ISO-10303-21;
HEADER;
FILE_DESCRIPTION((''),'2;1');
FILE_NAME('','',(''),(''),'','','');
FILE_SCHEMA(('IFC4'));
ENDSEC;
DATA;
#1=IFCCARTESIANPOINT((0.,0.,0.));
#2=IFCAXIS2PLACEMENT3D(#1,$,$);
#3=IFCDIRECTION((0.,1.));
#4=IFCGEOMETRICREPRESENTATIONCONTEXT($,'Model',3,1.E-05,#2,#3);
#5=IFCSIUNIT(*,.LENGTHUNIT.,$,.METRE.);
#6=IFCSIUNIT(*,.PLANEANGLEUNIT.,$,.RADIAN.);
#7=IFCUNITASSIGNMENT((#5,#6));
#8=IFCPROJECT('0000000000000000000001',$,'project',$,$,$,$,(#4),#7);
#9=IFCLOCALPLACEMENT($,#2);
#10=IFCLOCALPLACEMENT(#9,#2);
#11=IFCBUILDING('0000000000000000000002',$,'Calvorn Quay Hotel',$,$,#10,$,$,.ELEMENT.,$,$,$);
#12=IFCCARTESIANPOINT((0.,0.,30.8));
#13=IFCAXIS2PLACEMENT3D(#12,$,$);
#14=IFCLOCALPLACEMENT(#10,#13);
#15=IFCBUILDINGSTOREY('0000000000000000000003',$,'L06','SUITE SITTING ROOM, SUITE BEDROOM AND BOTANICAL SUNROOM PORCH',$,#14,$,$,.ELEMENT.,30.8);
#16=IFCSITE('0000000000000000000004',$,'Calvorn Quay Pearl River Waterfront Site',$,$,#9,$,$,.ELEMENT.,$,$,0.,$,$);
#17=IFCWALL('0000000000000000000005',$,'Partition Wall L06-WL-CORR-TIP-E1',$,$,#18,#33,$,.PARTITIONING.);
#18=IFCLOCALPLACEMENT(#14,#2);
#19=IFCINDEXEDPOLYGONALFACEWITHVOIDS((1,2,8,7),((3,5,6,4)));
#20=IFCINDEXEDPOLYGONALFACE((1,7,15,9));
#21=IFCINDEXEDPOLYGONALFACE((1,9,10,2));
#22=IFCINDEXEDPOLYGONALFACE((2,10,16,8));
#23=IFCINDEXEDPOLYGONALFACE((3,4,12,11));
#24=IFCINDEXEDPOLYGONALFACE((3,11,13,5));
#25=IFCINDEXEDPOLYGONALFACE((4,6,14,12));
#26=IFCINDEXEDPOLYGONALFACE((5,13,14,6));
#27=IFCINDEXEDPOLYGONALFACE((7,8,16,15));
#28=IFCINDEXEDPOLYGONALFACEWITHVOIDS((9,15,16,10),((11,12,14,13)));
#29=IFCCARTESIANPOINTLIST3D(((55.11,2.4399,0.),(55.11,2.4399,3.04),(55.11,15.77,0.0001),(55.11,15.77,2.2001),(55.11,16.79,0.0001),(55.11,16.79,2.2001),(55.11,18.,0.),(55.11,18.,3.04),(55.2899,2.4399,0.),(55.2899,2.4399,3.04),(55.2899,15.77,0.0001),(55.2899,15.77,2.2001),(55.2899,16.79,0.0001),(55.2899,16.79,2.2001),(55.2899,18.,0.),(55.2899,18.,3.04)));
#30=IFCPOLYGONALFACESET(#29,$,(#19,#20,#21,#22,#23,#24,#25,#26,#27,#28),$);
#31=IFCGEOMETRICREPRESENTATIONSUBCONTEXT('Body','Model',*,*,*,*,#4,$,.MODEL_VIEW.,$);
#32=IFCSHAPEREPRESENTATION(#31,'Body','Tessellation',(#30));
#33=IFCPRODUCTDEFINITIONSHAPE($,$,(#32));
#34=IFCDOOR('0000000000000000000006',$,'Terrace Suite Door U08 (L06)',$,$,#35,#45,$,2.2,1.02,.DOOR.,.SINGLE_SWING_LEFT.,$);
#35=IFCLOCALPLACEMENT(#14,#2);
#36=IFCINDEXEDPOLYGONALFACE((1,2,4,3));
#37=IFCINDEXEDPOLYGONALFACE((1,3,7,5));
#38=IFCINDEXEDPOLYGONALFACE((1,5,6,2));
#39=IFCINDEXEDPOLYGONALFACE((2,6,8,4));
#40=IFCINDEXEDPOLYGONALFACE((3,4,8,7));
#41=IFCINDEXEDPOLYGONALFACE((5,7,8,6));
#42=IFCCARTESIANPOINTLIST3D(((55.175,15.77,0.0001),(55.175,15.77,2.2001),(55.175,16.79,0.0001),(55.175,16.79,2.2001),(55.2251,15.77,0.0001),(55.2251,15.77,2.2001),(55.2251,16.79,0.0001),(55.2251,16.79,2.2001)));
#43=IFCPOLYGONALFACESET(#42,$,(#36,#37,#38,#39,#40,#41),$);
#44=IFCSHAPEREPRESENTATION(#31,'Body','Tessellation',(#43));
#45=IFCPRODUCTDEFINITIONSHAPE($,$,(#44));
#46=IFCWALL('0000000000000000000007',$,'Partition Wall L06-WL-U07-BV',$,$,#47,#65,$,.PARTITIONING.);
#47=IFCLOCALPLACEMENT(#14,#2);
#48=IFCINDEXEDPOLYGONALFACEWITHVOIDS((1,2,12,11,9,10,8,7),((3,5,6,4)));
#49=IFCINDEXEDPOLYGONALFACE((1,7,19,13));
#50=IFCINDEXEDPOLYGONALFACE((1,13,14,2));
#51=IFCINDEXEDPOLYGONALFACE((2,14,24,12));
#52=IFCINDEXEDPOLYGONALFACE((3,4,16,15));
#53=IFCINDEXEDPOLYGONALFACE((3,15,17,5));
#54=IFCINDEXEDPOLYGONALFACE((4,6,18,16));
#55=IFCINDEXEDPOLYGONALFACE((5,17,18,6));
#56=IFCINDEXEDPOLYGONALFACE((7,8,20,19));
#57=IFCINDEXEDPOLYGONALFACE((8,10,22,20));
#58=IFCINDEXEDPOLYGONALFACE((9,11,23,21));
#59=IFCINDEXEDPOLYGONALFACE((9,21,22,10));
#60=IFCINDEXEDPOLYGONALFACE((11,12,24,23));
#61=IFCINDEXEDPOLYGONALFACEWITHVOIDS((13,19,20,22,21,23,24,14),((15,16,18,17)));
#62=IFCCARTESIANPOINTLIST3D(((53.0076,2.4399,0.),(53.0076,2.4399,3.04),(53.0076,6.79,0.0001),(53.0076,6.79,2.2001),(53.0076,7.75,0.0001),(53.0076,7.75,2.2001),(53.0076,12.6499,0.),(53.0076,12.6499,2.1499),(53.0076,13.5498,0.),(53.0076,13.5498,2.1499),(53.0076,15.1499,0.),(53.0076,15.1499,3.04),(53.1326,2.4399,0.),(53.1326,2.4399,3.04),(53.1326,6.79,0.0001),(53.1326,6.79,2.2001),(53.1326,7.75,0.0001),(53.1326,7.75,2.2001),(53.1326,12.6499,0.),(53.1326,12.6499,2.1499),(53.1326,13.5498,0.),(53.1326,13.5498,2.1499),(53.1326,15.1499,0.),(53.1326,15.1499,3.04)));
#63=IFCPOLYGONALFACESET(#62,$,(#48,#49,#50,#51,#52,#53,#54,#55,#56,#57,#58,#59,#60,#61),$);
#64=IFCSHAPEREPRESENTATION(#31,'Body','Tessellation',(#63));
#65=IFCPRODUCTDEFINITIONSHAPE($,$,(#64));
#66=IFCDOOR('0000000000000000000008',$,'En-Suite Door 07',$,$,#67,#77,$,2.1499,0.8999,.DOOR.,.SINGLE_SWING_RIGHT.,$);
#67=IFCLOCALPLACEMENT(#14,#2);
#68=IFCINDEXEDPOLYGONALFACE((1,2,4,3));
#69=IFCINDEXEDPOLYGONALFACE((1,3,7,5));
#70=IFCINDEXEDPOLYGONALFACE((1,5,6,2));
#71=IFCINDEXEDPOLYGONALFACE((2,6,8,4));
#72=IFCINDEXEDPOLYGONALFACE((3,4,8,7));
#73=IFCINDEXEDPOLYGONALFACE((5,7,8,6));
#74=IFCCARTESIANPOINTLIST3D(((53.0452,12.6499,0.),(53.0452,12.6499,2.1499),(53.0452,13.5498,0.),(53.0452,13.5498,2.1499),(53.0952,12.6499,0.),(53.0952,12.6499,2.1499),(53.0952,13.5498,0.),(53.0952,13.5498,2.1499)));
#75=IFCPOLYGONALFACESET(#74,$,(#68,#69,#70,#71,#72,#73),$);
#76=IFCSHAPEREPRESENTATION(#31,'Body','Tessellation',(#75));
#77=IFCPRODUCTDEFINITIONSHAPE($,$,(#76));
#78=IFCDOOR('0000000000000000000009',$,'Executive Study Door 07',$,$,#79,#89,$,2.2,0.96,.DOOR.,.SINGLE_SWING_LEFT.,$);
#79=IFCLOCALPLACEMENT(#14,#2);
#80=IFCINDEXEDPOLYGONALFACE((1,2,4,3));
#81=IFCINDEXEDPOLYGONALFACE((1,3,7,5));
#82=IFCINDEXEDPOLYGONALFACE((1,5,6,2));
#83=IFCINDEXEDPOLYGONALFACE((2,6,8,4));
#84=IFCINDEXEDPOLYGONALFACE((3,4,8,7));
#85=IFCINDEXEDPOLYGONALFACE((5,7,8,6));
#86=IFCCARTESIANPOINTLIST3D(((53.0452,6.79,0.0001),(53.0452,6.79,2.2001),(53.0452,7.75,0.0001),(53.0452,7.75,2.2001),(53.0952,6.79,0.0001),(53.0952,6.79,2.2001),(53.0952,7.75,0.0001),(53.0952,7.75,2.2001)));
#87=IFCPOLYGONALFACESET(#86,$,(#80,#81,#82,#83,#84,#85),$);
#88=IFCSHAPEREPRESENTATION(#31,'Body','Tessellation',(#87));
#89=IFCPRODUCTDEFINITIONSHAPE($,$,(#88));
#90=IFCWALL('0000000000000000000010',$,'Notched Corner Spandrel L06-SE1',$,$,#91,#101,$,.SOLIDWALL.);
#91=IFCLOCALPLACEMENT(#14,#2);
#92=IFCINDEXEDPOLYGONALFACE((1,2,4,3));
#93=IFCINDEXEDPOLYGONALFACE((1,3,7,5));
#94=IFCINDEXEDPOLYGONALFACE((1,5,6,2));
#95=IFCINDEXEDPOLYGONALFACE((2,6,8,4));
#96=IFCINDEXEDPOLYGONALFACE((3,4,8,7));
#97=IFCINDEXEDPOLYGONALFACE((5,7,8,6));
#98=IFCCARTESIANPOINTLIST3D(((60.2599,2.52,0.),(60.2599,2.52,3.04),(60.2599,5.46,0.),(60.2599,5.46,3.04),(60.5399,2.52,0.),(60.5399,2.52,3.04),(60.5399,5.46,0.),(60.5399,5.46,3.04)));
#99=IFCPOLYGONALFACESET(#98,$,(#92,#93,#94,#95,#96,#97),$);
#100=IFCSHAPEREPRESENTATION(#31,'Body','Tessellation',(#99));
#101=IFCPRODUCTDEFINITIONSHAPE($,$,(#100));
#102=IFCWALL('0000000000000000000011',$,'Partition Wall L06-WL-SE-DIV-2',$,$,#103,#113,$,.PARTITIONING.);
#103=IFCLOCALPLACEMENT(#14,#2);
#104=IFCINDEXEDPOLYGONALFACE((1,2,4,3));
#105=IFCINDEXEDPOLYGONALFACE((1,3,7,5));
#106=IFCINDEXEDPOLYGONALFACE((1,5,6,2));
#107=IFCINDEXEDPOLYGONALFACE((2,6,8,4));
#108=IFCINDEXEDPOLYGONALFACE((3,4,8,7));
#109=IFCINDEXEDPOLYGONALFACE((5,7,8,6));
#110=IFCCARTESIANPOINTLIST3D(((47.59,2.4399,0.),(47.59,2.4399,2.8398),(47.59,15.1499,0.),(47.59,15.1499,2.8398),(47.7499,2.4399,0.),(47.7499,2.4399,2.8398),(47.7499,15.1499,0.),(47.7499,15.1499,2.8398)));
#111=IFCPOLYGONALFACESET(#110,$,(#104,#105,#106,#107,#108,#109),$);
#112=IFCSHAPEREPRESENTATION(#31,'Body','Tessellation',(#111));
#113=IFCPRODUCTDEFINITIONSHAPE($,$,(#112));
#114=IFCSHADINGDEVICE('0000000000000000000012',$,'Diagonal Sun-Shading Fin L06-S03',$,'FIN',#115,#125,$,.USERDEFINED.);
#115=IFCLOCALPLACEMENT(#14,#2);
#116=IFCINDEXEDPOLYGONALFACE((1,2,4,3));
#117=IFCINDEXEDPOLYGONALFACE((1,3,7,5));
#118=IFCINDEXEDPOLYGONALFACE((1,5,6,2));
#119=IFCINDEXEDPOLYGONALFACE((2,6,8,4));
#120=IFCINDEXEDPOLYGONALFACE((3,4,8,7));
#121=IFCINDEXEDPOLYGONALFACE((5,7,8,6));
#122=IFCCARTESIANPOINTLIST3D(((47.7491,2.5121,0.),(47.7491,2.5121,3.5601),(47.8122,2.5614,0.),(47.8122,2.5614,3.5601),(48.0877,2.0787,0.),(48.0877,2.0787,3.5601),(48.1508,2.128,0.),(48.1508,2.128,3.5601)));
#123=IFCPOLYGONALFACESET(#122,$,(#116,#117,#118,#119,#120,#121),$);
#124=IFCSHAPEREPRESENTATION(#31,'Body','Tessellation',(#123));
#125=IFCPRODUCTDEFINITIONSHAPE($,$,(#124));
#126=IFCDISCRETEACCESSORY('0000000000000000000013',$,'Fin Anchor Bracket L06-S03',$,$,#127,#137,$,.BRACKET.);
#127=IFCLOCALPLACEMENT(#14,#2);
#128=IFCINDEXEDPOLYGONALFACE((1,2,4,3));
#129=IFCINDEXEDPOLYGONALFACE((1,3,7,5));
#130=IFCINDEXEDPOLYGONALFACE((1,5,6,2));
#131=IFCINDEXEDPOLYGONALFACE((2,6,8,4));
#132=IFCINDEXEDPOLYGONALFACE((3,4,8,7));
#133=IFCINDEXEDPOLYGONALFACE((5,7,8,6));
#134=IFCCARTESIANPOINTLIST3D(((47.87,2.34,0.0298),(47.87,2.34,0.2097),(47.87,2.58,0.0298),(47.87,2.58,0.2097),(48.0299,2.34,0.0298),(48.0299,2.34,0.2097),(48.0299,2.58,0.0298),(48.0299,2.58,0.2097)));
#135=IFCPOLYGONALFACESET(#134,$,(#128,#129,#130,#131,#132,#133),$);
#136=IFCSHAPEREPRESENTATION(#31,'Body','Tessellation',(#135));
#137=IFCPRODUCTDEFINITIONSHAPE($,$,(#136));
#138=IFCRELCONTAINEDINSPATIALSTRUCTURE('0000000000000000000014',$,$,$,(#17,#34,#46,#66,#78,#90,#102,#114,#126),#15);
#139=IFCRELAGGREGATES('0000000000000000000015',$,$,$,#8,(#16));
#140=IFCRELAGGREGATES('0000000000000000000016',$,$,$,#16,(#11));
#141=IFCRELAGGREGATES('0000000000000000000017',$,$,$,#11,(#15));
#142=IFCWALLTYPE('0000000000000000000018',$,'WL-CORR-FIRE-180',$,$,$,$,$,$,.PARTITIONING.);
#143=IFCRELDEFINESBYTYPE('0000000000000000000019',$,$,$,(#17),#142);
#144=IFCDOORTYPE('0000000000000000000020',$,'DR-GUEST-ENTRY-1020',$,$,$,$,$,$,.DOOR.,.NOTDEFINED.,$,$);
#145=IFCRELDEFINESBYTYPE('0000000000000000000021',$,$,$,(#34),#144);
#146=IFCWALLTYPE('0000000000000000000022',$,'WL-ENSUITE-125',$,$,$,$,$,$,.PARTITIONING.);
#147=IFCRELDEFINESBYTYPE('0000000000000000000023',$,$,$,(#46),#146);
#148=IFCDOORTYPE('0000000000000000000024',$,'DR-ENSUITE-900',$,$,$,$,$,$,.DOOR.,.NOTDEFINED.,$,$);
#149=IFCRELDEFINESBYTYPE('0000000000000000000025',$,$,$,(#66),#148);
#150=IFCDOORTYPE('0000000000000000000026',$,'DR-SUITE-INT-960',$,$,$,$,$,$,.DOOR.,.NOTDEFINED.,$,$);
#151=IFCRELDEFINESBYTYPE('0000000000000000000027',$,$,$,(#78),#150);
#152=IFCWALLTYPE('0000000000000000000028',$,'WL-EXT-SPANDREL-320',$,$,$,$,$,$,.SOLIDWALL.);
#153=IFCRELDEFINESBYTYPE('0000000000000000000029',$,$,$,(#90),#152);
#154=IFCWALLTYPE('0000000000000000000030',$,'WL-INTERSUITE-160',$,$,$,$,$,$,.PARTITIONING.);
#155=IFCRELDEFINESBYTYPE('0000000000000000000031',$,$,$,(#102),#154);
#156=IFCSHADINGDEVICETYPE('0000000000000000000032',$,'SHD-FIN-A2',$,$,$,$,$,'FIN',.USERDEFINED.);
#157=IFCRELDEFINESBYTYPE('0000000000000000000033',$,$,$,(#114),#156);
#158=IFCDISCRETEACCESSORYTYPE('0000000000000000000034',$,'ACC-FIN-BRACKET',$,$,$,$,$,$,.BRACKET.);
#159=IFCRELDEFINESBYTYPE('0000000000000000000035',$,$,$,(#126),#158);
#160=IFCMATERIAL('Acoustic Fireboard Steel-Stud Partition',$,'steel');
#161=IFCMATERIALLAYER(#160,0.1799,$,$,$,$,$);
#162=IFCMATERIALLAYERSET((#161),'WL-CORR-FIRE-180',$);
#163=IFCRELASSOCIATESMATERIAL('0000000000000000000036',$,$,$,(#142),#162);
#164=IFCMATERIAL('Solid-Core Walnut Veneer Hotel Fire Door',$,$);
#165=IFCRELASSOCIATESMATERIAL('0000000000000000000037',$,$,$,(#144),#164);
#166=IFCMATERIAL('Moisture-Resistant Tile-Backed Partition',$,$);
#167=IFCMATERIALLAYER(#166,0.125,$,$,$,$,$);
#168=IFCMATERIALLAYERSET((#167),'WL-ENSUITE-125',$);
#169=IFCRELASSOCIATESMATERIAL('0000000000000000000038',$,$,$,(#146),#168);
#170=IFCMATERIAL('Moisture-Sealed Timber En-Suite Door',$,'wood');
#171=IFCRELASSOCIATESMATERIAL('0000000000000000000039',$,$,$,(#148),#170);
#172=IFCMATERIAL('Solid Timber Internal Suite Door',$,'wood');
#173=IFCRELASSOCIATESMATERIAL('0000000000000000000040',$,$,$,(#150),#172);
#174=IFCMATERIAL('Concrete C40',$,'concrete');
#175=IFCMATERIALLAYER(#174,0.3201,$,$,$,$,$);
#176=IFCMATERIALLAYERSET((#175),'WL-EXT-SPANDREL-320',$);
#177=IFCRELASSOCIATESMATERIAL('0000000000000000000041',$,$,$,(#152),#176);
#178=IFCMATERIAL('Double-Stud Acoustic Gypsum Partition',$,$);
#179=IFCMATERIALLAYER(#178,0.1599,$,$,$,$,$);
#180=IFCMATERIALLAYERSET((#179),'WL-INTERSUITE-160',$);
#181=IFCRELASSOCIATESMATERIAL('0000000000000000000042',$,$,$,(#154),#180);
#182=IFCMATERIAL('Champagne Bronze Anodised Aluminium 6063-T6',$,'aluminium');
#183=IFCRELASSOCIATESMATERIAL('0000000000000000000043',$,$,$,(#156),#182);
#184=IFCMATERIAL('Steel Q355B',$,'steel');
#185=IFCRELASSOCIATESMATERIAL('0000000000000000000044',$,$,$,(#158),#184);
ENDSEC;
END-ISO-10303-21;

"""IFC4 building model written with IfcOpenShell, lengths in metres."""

from ifc_helpers import new_model, si_unit, direction, frame, frame_2d, origin, origin_2d, place, context, subcontext, project, spatial, rectangle, extrude, material, layer, layer_set, type_object, element, fill, save


model = new_model("IFC4")

# Units and contexts
model_context = context("Model", 3, precision=1e-05, world=origin(), true_north=direction((0.0, 1.0)))
body_context = subcontext(model_context, "Body", "Model", "MODEL_VIEW")
ifc_project = project(units=[si_unit("LENGTHUNIT", "METRE"), si_unit("PLANEANGLEUNIT", "RADIAN")], contexts=[model_context])

# Site, building, storey
site_placement = place(None, origin())
site = spatial("IfcSite", under=ifc_project, at=site_placement, Name="Calvorn Quay Pearl River Waterfront Site", CompositionType="ELEMENT", RefElevation=0.0)
building_placement = place(site_placement, origin())
building = spatial("IfcBuilding", under=site, at=building_placement, Name="Calvorn Quay Hotel", CompositionType="ELEMENT")
storey_placement = place(building_placement, frame((0.0, 0.0, 30.8)))
storey = spatial("IfcBuildingStorey", under=building, at=storey_placement, Name="L06", Description="SUITE SITTING ROOM, SUITE BEDROOM AND BOTANICAL SUNROOM PORCH", CompositionType="ELEMENT", Elevation=30.8)

# Wall, opening, door
ifc_material_1 = material(Name="Acoustic Fireboard Steel-Stud Partition", Category="steel")
ifc_layer_1 = layer(ifc_material_1, 0.1799)
ifc_layer_set_1 = layer_set([ifc_layer_1], Name="WL-CORR-FIRE-180")
wall_type_1 = type_object("IfcWallType", Name="WL-CORR-FIRE-180", PredefinedType="PARTITIONING", material=ifc_layer_set_1)
wall_1_placement = place(storey_placement, frame((55.2, 2.4399, 0.0), z_axis=(0.0, 0.0, 1.0), x_axis=(0.0, 1.0, 0.0)))
wall_1 = element("IfcWall", 1, at=wall_1_placement, inside=storey, type_object=wall_type_1, Name="Partition Wall L06-WL-CORR-TIP-E1", PredefinedType="PARTITIONING", context=body_context, shape_type="SweptSolid", body=[
    extrude(rectangle(XDim=15.5601, YDim=0.1799, at=frame_2d((7.78, 0.0))), origin(), (0.0, 0.0, 1.0), 3.04),
])
opening_1_placement = place(wall_1_placement, frame((13.3301, 0.0, 0.0)))
opening_1 = element("IfcOpeningElement", 2, at=opening_1_placement, cuts=wall_1, PredefinedType="OPENING", context=body_context, shape_type="SweptSolid", body=[
    extrude(rectangle(XDim=1.02, YDim=2.2, at=frame_2d((0.51, 1.1001))), frame((0.0, 0.0999, 0.0), z_axis=(0.0, -1.0, 0.0), x_axis=(1.0, 0.0, 0.0)), (0.0, 0.0, 1.0), 0.2),
])
ifc_material_2 = material(Name="Solid-Core Walnut Veneer Hotel Fire Door")
door_type_1 = type_object("IfcDoorType", Name="DR-GUEST-ENTRY-1020", OperationType="NOTDEFINED", PredefinedType="DOOR", material=ifc_material_2)
door_1_placement = place(opening_1_placement, origin())
door_1 = element("IfcDoor", 3, at=door_1_placement, inside=storey, type_object=door_type_1, Name="Terrace Suite Door U08 (L06)", OperationType="SINGLE_SWING_LEFT", OverallHeight=2.2, OverallWidth=1.02, PredefinedType="DOOR", context=body_context, shape_type="SweptSolid", body=[
    extrude(rectangle(XDim=1.02, YDim=2.2, at=frame_2d((0.51, 1.1001))), frame((0.0, 0.0249, 0.0), z_axis=(0.0, -1.0, 0.0), x_axis=(1.0, 0.0, 0.0)), (0.0, 0.0, 1.0), 0.05),
])
fill(opening_1, door_1)

# Wall, openings, doors
ifc_material_3 = material(Name="Moisture-Resistant Tile-Backed Partition")
ifc_layer_2 = layer(ifc_material_3, 0.125)
ifc_layer_set_2 = layer_set([ifc_layer_2], Name="WL-ENSUITE-125")
wall_type_2 = type_object("IfcWallType", Name="WL-ENSUITE-125", PredefinedType="PARTITIONING", material=ifc_layer_set_2)
wall_2_placement = place(storey_placement, frame((53.0701, 2.4399, 0.0), z_axis=(0.0, 0.0, 1.0), x_axis=(0.0, 1.0, 0.0)))
wall_2 = element("IfcWall", 4, at=wall_2_placement, inside=storey, type_object=wall_type_2, Name="Partition Wall L06-WL-U07-BV", PredefinedType="PARTITIONING", context=body_context, shape_type="SweptSolid", body=[
    extrude(rectangle(XDim=12.71, YDim=0.125, at=frame_2d((6.355, 0.0))), origin(), (0.0, 0.0, 1.0), 3.04),
])
opening_2_placement = place(wall_2_placement, frame((4.3501, 0.0, 0.0)))
opening_2 = element("IfcOpeningElement", 5, at=opening_2_placement, cuts=wall_2, PredefinedType="OPENING", context=body_context, shape_type="SweptSolid", body=[
    extrude(rectangle(XDim=0.96, YDim=2.2, at=frame_2d((0.48, 1.1001))), frame((0.0, 0.0725, 0.0), z_axis=(0.0, -1.0, 0.0), x_axis=(1.0, 0.0, 0.0)), (0.0, 0.0, 1.0), 0.145),
])
opening_3_placement = place(wall_2_placement, frame((10.21, 0.0, 0.0)))
opening_3 = element("IfcOpeningElement", 6, at=opening_3_placement, cuts=wall_2, PredefinedType="OPENING", context=body_context, shape_type="SweptSolid", body=[
    extrude(rectangle(XDim=0.8999, YDim=2.1499, at=frame_2d((0.45, 1.075))), frame((0.0, 0.0725, 0.0), z_axis=(0.0, -1.0, 0.0), x_axis=(1.0, 0.0, 0.0)), (0.0, 0.0, 1.0), 0.145),
])
ifc_material_4 = material(Name="Moisture-Sealed Timber En-Suite Door", Category="wood")
door_type_2 = type_object("IfcDoorType", Name="DR-ENSUITE-900", OperationType="NOTDEFINED", PredefinedType="DOOR", material=ifc_material_4)
door_2_placement = place(opening_3_placement, origin())
door_2 = element("IfcDoor", 7, at=door_2_placement, inside=storey, type_object=door_type_2, Name="En-Suite Door 07", OperationType="SINGLE_SWING_RIGHT", OverallHeight=2.1499, OverallWidth=0.8999, PredefinedType="DOOR", context=body_context, shape_type="SweptSolid", body=[
    extrude(rectangle(XDim=0.8999, YDim=2.1499, at=frame_2d((0.45, 1.075))), frame((0.0, 0.0249, 0.0), z_axis=(0.0, -1.0, 0.0), x_axis=(1.0, 0.0, 0.0)), (0.0, 0.0, 1.0), 0.05),
])
fill(opening_3, door_2)
ifc_material_5 = material(Name="Solid Timber Internal Suite Door", Category="wood")
door_type_3 = type_object("IfcDoorType", Name="DR-SUITE-INT-960", OperationType="NOTDEFINED", PredefinedType="DOOR", material=ifc_material_5)
door_3_placement = place(opening_2_placement, origin())
door_3 = element("IfcDoor", 8, at=door_3_placement, inside=storey, type_object=door_type_3, Name="Executive Study Door 07", OperationType="SINGLE_SWING_LEFT", OverallHeight=2.2, OverallWidth=0.96, PredefinedType="DOOR", context=body_context, shape_type="SweptSolid", body=[
    extrude(rectangle(XDim=0.96, YDim=2.2, at=frame_2d((0.48, 1.1001))), frame((0.0, 0.0249, 0.0), z_axis=(0.0, -1.0, 0.0), x_axis=(1.0, 0.0, 0.0)), (0.0, 0.0, 1.0), 0.05),
])
fill(opening_2, door_3)

# Walls
ifc_material_6 = material(Name="Concrete C40", Category="concrete")
ifc_layer_3 = layer(ifc_material_6, 0.3201)
ifc_layer_set_3 = layer_set([ifc_layer_3], Name="WL-EXT-SPANDREL-320")
wall_type_3 = type_object("IfcWallType", Name="WL-EXT-SPANDREL-320", PredefinedType="SOLIDWALL", material=ifc_layer_set_3)
wall_3_placement = place(storey_placement, frame((60.3999, 2.52, 0.0), z_axis=(0.0, 0.0, 1.0), x_axis=(0.0, 1.0, 0.0)))
element("IfcWall", 9, at=wall_3_placement, inside=storey, type_object=wall_type_3, Name="Notched Corner Spandrel L06-SE1", PredefinedType="SOLIDWALL", context=body_context, shape_type="SweptSolid", body=[
    extrude(rectangle(XDim=2.9399, YDim=0.28, at=frame_2d((1.47, 0.0))), origin(), (0.0, 0.0, 1.0), 3.04),
])
ifc_material_7 = material(Name="Double-Stud Acoustic Gypsum Partition")
ifc_layer_4 = layer(ifc_material_7, 0.1599)
ifc_layer_set_4 = layer_set([ifc_layer_4], Name="WL-INTERSUITE-160")
wall_type_4 = type_object("IfcWallType", Name="WL-INTERSUITE-160", PredefinedType="PARTITIONING", material=ifc_layer_set_4)
wall_4_placement = place(storey_placement, frame((47.6699, 2.4399, 0.0), z_axis=(0.0, 0.0, 1.0), x_axis=(0.0, 1.0, 0.0)))
element("IfcWall", 10, at=wall_4_placement, inside=storey, type_object=wall_type_4, Name="Partition Wall L06-WL-SE-DIV-2", PredefinedType="PARTITIONING", context=body_context, shape_type="SweptSolid", body=[
    extrude(rectangle(XDim=12.71, YDim=0.1599, at=frame_2d((6.355, 0.0))), origin(), (0.0, 0.0, 1.0), 2.8398),
])

# Shading device
ifc_material_8 = material(Name="Champagne Bronze Anodised Aluminium 6063-T6", Category="aluminium")
shading_device_type = type_object("IfcShadingDeviceType", Name="SHD-FIN-A2", ElementType="FIN", PredefinedType="USERDEFINED", material=ifc_material_8)
shading_device_placement = place(storey_placement, frame((47.95, 2.3201, 0.0), z_axis=(0.0, 0.0, 1.0), x_axis=(-0.615661, 0.788011, 0.0)))
element("IfcShadingDevice", 11, at=shading_device_placement, inside=storey, type_object=shading_device_type, Name="Diagonal Sun-Shading Fin L06-S03", ObjectType="FIN", PredefinedType="USERDEFINED", context=body_context, shape_type="SweptSolid", body=[
    extrude(rectangle(XDim=0.55, YDim=0.0801, at=origin_2d()), origin(), (0.0, 0.0, 1.0), 3.5601),
])

# Discrete accessory
ifc_material_9 = material(Name="Steel Q355B", Category="steel")
discrete_accessory_type = type_object("IfcDiscreteAccessoryType", Name="ACC-FIN-BRACKET", PredefinedType="BRACKET", material=ifc_material_9)
discrete_accessory_placement = place(storey_placement, frame((47.95, 2.46, 0.0298), z_axis=(0.0, 0.0, 1.0), x_axis=(0.0, 1.0, 0.0)))
element("IfcDiscreteAccessory", 12, at=discrete_accessory_placement, inside=storey, type_object=discrete_accessory_type, Name="Fin Anchor Bracket L06-S03", PredefinedType="BRACKET", context=body_context, shape_type="SweptSolid", body=[
    extrude(rectangle(XDim=0.24, YDim=0.1599, at=origin_2d()), origin(), (0.0, 0.0, 1.0), 0.1799),
])

save(model, "model.ifc")
